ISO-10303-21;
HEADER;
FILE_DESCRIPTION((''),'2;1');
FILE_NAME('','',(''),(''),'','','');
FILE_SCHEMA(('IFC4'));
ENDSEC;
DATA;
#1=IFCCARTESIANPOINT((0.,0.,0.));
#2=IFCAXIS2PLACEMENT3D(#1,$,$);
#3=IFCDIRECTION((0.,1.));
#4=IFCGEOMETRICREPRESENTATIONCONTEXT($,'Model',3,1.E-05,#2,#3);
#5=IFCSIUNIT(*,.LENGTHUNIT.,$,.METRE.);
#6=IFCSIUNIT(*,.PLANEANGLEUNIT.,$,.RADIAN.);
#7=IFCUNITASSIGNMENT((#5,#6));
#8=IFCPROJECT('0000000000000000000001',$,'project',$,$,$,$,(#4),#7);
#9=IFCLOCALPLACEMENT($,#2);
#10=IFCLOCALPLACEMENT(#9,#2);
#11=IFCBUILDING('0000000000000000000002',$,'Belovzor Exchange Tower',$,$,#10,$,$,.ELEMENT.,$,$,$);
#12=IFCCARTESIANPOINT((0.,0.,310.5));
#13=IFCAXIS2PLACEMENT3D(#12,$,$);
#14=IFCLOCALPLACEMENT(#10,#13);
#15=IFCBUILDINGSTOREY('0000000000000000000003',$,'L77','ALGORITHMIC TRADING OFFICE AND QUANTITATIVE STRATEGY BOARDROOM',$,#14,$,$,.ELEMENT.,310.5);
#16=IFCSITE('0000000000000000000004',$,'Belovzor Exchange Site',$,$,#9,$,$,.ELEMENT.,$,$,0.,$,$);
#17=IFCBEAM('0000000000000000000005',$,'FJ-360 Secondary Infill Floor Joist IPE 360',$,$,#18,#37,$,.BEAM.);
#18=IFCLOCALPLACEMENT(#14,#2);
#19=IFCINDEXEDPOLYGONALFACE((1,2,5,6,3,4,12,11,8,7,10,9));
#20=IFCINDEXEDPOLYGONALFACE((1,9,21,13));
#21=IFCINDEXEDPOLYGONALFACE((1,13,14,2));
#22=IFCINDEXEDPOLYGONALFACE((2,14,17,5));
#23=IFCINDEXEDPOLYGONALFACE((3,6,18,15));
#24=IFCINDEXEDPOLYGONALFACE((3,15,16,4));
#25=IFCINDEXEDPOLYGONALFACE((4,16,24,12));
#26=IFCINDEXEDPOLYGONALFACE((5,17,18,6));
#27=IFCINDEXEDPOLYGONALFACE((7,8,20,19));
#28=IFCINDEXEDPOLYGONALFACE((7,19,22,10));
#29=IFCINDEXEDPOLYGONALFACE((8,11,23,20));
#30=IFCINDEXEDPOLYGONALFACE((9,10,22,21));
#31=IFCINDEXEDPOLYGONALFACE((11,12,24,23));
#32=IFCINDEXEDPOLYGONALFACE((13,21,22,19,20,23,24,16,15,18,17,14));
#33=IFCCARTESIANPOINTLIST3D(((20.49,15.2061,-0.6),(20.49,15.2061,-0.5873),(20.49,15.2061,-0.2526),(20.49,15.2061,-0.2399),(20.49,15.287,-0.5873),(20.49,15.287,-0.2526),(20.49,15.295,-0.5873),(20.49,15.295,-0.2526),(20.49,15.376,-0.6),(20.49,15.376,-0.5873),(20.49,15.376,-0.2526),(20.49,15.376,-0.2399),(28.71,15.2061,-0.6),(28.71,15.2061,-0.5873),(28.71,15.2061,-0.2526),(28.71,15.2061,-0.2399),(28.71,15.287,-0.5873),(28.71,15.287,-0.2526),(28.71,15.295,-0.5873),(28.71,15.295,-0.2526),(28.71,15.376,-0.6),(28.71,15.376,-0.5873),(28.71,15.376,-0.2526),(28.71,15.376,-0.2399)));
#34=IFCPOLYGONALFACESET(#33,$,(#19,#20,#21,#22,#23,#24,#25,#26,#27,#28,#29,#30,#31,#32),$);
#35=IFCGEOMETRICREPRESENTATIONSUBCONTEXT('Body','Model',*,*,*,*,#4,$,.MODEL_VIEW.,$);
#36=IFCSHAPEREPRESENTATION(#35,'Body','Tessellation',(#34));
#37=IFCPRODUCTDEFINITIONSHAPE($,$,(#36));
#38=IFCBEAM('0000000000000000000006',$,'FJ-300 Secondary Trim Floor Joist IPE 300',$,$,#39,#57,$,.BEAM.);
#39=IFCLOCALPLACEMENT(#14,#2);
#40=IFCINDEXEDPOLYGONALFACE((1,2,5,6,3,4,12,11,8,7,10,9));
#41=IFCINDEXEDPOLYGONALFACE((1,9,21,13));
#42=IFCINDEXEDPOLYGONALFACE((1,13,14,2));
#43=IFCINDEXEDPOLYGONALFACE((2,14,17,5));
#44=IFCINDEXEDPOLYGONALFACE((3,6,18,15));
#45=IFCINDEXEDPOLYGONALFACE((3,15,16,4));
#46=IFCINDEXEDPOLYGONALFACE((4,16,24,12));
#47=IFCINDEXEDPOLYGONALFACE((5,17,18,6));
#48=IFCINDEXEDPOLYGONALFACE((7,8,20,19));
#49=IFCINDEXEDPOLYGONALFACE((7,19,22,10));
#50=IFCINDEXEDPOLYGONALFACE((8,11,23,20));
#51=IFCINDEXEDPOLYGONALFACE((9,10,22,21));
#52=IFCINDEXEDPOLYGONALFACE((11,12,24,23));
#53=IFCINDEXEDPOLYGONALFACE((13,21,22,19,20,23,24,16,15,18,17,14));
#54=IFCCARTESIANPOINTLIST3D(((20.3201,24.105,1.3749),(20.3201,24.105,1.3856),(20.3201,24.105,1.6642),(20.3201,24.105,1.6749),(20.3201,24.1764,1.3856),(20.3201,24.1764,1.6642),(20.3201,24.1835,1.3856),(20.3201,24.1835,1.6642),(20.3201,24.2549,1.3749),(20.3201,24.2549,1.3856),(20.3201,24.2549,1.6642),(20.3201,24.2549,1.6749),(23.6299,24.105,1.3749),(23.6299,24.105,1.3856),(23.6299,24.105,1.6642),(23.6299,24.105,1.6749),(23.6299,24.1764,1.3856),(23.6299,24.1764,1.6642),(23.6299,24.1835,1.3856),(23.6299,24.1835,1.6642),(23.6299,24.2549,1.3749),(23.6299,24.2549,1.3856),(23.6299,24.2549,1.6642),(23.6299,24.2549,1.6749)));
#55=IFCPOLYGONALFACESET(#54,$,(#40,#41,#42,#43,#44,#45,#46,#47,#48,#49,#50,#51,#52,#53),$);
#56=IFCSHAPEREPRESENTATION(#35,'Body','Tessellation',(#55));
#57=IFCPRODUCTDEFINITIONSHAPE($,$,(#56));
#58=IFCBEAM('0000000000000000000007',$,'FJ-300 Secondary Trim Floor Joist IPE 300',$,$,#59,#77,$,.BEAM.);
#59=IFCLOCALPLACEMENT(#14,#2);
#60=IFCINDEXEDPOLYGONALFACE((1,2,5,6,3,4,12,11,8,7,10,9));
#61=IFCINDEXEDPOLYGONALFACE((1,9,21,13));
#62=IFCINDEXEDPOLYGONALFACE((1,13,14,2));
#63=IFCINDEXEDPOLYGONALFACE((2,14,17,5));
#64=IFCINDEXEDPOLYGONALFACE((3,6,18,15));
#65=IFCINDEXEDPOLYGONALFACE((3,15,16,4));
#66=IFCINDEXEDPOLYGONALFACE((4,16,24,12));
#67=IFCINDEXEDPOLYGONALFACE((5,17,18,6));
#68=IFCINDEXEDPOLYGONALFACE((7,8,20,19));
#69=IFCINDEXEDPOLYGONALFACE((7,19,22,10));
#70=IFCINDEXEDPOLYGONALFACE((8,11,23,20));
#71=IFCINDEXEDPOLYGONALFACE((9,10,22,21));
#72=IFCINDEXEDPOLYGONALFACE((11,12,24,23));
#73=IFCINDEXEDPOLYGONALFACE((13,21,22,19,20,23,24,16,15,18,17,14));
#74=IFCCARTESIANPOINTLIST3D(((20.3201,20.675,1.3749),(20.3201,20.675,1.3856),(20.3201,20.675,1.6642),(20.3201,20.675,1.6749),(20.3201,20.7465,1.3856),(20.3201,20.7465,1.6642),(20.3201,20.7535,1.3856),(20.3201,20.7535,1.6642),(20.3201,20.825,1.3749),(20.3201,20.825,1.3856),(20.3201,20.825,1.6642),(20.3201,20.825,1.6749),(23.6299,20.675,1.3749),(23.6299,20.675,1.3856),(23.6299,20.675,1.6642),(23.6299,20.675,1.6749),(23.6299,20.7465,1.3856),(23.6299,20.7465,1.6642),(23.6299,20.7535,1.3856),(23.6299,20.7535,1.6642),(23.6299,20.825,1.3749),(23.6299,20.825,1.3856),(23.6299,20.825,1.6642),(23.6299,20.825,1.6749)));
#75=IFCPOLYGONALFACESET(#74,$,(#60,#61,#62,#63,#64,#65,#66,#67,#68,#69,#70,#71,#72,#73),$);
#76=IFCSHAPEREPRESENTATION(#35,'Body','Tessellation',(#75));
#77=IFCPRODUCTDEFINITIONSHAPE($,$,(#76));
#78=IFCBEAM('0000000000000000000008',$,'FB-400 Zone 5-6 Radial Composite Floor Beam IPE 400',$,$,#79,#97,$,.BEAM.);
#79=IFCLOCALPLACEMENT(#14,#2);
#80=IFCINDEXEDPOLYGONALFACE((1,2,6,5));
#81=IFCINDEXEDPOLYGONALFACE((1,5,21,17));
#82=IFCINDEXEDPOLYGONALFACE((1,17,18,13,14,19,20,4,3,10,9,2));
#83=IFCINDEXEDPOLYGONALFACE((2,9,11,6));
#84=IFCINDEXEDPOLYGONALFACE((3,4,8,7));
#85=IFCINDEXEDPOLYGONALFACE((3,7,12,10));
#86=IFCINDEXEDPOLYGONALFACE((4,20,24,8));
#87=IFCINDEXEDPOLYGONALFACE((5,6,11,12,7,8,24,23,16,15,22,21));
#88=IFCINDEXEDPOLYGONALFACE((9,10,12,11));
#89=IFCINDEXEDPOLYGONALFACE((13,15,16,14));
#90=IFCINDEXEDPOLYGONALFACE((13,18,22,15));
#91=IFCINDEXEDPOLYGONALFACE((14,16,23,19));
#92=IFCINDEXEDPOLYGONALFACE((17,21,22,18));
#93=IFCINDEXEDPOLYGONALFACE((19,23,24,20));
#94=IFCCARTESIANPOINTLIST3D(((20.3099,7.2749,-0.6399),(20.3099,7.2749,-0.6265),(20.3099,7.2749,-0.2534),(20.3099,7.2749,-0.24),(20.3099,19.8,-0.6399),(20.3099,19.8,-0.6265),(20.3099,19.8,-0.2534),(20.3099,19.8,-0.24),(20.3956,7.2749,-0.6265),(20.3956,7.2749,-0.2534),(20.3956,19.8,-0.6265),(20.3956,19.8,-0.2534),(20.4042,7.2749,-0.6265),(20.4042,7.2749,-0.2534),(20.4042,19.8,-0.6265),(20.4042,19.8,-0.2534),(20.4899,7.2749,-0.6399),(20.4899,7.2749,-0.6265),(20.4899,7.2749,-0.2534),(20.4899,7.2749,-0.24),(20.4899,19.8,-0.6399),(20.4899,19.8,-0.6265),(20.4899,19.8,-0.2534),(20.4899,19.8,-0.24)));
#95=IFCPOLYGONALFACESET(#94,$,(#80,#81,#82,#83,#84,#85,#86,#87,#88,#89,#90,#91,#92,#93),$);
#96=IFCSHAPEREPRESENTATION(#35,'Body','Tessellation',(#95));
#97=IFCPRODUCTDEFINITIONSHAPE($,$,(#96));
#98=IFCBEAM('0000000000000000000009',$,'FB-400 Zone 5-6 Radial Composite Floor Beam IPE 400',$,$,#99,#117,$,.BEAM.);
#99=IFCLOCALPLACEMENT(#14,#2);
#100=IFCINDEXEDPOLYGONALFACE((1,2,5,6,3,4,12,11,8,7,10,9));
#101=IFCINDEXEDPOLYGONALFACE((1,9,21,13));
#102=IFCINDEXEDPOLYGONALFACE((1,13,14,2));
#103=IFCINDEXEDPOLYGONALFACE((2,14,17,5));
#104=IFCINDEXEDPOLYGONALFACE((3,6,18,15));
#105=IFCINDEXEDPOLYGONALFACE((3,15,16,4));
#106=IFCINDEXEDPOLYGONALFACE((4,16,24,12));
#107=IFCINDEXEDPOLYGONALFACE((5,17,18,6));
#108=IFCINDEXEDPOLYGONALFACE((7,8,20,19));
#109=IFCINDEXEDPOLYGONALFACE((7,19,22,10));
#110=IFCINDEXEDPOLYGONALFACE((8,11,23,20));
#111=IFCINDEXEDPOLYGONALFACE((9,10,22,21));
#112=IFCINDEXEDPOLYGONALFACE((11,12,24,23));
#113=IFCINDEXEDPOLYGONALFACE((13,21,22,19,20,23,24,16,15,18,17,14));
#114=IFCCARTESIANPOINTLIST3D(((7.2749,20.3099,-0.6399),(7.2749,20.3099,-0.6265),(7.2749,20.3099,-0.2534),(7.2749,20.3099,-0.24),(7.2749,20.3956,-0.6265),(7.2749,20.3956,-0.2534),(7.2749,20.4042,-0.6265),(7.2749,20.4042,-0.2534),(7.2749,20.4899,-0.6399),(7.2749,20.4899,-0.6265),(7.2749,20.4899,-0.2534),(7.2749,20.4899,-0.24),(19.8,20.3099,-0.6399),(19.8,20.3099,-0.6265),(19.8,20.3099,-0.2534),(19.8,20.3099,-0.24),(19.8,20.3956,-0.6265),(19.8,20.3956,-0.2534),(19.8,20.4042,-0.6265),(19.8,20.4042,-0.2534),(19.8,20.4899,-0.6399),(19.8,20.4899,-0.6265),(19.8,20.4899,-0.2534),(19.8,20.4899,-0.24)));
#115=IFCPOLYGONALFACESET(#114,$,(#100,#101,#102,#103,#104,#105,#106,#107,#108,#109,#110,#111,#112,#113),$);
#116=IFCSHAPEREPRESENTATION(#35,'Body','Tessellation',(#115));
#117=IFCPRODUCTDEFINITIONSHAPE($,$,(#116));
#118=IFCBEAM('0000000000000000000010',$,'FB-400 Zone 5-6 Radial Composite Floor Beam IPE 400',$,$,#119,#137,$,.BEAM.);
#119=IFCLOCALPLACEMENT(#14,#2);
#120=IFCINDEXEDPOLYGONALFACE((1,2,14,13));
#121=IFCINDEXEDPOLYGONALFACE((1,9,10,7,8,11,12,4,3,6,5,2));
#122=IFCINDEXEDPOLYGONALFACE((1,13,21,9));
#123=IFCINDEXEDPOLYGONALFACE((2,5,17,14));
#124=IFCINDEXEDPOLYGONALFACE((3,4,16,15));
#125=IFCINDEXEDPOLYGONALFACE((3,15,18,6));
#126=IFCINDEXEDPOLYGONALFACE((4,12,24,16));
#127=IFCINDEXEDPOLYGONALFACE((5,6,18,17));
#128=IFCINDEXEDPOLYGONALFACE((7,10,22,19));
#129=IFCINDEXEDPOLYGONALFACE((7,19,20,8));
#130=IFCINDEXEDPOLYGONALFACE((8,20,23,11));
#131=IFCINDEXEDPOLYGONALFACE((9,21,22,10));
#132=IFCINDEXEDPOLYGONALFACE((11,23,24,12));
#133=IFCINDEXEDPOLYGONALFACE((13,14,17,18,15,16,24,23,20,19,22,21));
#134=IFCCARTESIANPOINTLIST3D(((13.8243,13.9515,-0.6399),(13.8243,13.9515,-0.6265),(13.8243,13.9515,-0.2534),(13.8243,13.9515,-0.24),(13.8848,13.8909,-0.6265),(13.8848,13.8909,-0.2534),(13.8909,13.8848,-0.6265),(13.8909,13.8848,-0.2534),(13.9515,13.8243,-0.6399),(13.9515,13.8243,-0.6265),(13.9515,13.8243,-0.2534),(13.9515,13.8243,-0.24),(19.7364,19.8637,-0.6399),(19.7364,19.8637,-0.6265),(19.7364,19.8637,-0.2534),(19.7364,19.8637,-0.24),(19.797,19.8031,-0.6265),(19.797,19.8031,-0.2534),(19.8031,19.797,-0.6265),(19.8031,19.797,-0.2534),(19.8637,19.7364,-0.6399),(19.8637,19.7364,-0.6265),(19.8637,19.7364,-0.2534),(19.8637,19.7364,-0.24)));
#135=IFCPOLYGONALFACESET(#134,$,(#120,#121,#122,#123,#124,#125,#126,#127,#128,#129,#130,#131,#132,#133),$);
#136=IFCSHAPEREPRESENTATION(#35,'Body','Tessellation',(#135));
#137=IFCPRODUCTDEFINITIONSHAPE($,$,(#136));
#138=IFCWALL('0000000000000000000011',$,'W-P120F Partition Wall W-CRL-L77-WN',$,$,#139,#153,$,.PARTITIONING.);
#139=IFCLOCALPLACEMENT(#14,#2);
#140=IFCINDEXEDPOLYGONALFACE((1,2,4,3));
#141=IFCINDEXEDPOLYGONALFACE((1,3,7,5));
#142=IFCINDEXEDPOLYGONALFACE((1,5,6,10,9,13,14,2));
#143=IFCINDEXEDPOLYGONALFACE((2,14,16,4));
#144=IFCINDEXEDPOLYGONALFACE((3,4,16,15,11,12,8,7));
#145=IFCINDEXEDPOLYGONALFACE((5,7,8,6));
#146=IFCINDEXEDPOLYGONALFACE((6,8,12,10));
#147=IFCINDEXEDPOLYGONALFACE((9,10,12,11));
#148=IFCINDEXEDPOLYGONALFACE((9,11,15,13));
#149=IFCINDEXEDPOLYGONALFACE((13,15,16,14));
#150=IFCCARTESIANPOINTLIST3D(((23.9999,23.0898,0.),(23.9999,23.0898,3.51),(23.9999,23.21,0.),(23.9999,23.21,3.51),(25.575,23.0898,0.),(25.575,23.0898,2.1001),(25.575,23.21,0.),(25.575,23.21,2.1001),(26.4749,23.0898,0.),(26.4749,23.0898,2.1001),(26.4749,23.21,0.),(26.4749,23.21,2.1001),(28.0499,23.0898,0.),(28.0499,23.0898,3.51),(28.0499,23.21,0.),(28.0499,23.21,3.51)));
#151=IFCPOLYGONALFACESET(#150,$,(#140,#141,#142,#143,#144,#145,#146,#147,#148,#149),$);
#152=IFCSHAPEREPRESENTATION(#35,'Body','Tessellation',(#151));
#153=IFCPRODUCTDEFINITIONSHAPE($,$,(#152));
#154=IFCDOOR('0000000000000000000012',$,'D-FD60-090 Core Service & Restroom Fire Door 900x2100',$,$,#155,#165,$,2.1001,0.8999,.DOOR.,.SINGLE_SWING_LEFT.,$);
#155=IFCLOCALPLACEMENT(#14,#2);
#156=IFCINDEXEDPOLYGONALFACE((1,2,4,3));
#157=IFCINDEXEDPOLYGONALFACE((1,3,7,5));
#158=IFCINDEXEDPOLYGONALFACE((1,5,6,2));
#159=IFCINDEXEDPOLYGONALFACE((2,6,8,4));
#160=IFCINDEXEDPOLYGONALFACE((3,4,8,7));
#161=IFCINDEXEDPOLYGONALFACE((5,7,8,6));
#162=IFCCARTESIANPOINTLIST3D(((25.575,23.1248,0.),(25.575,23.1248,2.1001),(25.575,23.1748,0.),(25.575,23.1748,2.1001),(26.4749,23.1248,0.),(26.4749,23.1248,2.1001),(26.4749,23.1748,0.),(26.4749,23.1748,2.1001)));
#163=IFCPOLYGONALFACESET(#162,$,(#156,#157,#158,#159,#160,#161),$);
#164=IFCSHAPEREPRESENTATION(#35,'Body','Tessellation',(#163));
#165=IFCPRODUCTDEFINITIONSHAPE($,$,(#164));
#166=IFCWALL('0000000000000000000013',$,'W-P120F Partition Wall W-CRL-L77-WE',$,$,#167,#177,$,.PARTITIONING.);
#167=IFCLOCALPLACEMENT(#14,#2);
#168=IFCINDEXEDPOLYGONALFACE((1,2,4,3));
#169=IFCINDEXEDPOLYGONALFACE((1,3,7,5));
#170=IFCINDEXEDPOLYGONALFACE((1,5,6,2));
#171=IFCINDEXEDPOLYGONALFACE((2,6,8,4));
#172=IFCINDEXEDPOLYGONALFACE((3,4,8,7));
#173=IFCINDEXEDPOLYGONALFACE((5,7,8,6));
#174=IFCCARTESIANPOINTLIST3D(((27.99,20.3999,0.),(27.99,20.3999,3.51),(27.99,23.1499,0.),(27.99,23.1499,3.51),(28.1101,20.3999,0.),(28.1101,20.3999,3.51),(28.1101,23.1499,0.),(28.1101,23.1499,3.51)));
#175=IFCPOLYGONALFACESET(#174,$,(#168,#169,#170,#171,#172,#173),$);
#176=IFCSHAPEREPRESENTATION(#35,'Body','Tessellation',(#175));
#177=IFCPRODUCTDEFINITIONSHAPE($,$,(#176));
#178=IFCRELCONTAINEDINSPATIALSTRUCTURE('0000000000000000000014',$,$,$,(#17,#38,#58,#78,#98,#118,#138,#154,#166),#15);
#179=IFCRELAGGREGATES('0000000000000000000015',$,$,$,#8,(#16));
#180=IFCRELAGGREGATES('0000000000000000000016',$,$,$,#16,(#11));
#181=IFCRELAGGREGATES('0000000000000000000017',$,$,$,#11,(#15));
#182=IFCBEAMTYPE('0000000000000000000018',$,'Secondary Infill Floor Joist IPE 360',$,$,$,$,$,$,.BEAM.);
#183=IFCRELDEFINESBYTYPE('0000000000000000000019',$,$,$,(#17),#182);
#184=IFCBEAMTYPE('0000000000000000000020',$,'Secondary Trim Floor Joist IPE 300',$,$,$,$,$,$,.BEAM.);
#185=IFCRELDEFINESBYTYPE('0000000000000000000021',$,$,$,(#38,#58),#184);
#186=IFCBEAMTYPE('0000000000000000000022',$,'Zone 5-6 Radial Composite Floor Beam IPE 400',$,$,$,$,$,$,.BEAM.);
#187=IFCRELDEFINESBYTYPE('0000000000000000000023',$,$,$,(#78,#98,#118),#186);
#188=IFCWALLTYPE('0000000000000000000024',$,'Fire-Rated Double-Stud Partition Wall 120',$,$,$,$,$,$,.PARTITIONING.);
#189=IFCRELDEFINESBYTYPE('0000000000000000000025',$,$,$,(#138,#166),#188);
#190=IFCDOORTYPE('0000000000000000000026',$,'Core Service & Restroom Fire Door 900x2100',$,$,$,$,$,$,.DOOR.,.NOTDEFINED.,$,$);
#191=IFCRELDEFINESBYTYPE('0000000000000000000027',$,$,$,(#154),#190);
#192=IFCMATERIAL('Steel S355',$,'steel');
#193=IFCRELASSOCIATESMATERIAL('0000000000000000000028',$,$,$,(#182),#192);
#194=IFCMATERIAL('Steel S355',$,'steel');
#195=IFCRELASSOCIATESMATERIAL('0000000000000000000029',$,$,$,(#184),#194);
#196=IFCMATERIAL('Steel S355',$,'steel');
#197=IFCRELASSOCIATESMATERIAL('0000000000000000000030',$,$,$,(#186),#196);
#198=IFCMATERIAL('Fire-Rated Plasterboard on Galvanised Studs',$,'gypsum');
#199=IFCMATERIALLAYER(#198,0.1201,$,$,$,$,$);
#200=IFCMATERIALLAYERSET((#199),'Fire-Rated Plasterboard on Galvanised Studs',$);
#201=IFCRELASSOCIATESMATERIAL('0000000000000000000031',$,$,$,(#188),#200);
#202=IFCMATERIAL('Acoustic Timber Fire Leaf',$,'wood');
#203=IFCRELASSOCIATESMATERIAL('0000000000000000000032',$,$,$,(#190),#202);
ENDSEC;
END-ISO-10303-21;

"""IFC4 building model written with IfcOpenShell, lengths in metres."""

from ifc_helpers import new_model, si_unit, direction, frame, frame_2d, origin, origin_2d, place, context, subcontext, project, spatial, rectangle, i_section, extrude, material, layer, layer_set, material_profile, profile_set, type_object, element, fill, save


model = new_model("IFC4")

# Units and contexts
model_context = context("Model", 3, precision=1e-05, world=origin(), true_north=direction((0.0, 1.0)))
body_context = subcontext(model_context, "Body", "Model", "MODEL_VIEW")
ifc_project = project(units=[si_unit("LENGTHUNIT", "METRE"), si_unit("PLANEANGLEUNIT", "RADIAN")], contexts=[model_context])

# Site, building, storey
site_placement = place(None, origin())
site = spatial("IfcSite", under=ifc_project, at=site_placement, Name="Belovzor Exchange Site", CompositionType="ELEMENT", RefElevation=0.0)
building_placement = place(site_placement, origin())
building = spatial("IfcBuilding", under=site, at=building_placement, Name="Belovzor Exchange Tower", CompositionType="ELEMENT")
storey_placement = place(building_placement, frame((0.0, 0.0, 310.5)))
storey = spatial("IfcBuildingStorey", under=building, at=storey_placement, Name="L77", Description="ALGORITHMIC TRADING OFFICE AND QUANTITATIVE STRATEGY BOARDROOM", CompositionType="ELEMENT", Elevation=310.5)

# Beams
ifc_material_1 = material(Name="Steel S355", Category="steel")
ifc_material_profile_1 = material_profile(ifc_material_1, i_section(OverallWidth=0.1699, OverallDepth=0.3601, WebThickness=0.0081, FlangeThickness=0.0127, at=origin_2d()))
ifc_profile_set_1 = profile_set([ifc_material_profile_1], Name="Steel S355")
beam_type_1 = type_object("IfcBeamType", Name="Secondary Infill Floor Joist IPE 360", PredefinedType="BEAM", material=ifc_profile_set_1)
beam_1_placement = place(storey_placement, frame((20.49, 15.291, -0.4199), z_axis=(1.0, 0.0, 0.0), x_axis=(0.0, 1.0, 0.0)))
element("IfcBeam", 1, at=beam_1_placement, inside=storey, type_object=beam_type_1, Name="FJ-360 Secondary Infill Floor Joist IPE 360", PredefinedType="BEAM", context=body_context, shape_type="SweptSolid", body=[
    extrude(i_section(OverallWidth=0.1699, OverallDepth=0.3601, WebThickness=0.0081, FlangeThickness=0.0127, at=origin_2d()), origin(), (0.0, 0.0, 1.0), 8.22),
])
ifc_material_2 = material(Name="Steel S355", Category="steel")
ifc_material_profile_2 = material_profile(ifc_material_2, i_section(OverallWidth=0.1499, OverallDepth=0.3, WebThickness=0.0071, FlangeThickness=0.0107, at=origin_2d()))
ifc_profile_set_2 = profile_set([ifc_material_profile_2], Name="Steel S355")
beam_type_2 = type_object("IfcBeamType", Name="Secondary Trim Floor Joist IPE 300", PredefinedType="BEAM", material=ifc_profile_set_2)
for number, where, z_axis, x_axis, name in (
    (2, (20.3201, 24.1799, 1.5249), (1.0, 0.0, 0.0), (0.0, 1.0, 0.0), "FJ-300 Secondary Trim Floor Joist IPE 300"),
    (3, (20.3201, 20.75, 1.5249), (1.0, 0.0, 0.0), (0.0, 1.0, 0.0), "FJ-300 Secondary Trim Floor Joist IPE 300"),
):
    element("IfcBeam", number, at=place(storey_placement, frame(where, z_axis=z_axis, x_axis=x_axis)), inside=storey, type_object=beam_type_2, Name=name, PredefinedType="BEAM", context=body_context, shape_type="SweptSolid", body=[
        extrude(i_section(OverallWidth=0.1499, OverallDepth=0.3, WebThickness=0.0071, FlangeThickness=0.0107, at=origin_2d()), origin(), (0.0, 0.0, 1.0), 3.3098),
    ])
ifc_material_3 = material(Name="Steel S355", Category="steel")
ifc_material_profile_3 = material_profile(ifc_material_3, i_section(OverallWidth=0.1799, OverallDepth=0.3999, WebThickness=0.0085, FlangeThickness=0.0134, at=origin_2d()))
ifc_profile_set_3 = profile_set([ifc_material_profile_3], Name="Steel S355")
beam_type_3 = type_object("IfcBeamType", Name="Zone 5-6 Radial Composite Floor Beam IPE 400", PredefinedType="BEAM", material=ifc_profile_set_3)
for number, where, z_axis, x_axis, name in (
    (4, (20.3999, 19.8, -0.4399), (0.0, -1.0, 0.0), (1.0, 0.0, 0.0), "FB-400 Zone 5-6 Radial Composite Floor Beam IPE 400"),
    (5, (19.8, 20.3999, -0.4399), (-1.0, 0.0, 0.0), (0.0, -1.0, 0.0), "FB-400 Zone 5-6 Radial Composite Floor Beam IPE 400"),
):
    element("IfcBeam", number, at=place(storey_placement, frame(where, z_axis=z_axis, x_axis=x_axis)), inside=storey, type_object=beam_type_3, Name=name, PredefinedType="BEAM", context=body_context, shape_type="SweptSolid", body=[
        extrude(i_section(OverallWidth=0.1799, OverallDepth=0.3999, WebThickness=0.0085, FlangeThickness=0.0134, at=origin_2d()), origin(), (0.0, 0.0, 1.0), 12.5251),
    ])
beam_2_placement = place(storey_placement, frame((19.8, 19.8, -0.4399), z_axis=(-0.707107, -0.707107, 0.0), x_axis=(0.707107, -0.707107, 0.0)))
element("IfcBeam", 6, at=beam_2_placement, inside=storey, type_object=beam_type_3, Name="FB-400 Zone 5-6 Radial Composite Floor Beam IPE 400", PredefinedType="BEAM", context=body_context, shape_type="SweptSolid", body=[
    extrude(i_section(OverallWidth=0.1799, OverallDepth=0.3999, WebThickness=0.0085, FlangeThickness=0.0134, at=origin_2d()), origin(), (0.0, 0.0, 1.0), 8.3611),
])

# Wall, opening, door
ifc_material_4 = material(Name="Fire-Rated Plasterboard on Galvanised Studs", Category="gypsum")
ifc_layer_1 = layer(ifc_material_4, 0.1201)
ifc_layer_set_1 = layer_set([ifc_layer_1], Name="Fire-Rated Plasterboard on Galvanised Studs")
wall_type_1 = type_object("IfcWallType", Name="Fire-Rated Double-Stud Partition Wall 120", PredefinedType="PARTITIONING", material=ifc_layer_set_1)
wall_1_placement = place(storey_placement, frame((24.0, 23.1499, 0.0), z_axis=(0.0, 0.0, 1.0), x_axis=(1.0, 0.0, 0.0)))
wall_1 = element("IfcWall", 7, at=wall_1_placement, inside=storey, type_object=wall_type_1, Name="W-P120F Partition Wall W-CRL-L77-WN", PredefinedType="PARTITIONING", context=body_context, shape_type="SweptSolid", body=[
    extrude(rectangle(XDim=4.05, YDim=0.1201, at=frame_2d((2.0249, 0.0))), origin(), (0.0, 0.0, 1.0), 3.51),
])
opening_1_placement = place(wall_1_placement, frame((1.575, 0.0, 0.0)))
opening_1 = element("IfcOpeningElement", 8, at=opening_1_placement, cuts=wall_1, PredefinedType="OPENING", context=body_context, shape_type="SweptSolid", body=[
    extrude(rectangle(XDim=0.8999, YDim=2.1001, at=frame_2d((0.45, 1.05))), frame((0.0, 0.0701, 0.0), z_axis=(0.0, -1.0, 0.0), x_axis=(1.0, 0.0, 0.0)), (0.0, 0.0, 1.0), 0.1401),
])
ifc_material_5 = material(Name="Acoustic Timber Fire Leaf", Category="wood")
door_type_1 = type_object("IfcDoorType", Name="Core Service & Restroom Fire Door 900x2100", OperationType="NOTDEFINED", PredefinedType="DOOR", material=ifc_material_5)
door_1_placement = place(opening_1_placement, origin())
door_1 = element("IfcDoor", 9, at=door_1_placement, inside=storey, type_object=door_type_1, Name="D-FD60-090 Core Service & Restroom Fire Door 900x2100", OperationType="SINGLE_SWING_LEFT", OverallHeight=2.1001, OverallWidth=0.8999, PredefinedType="DOOR", context=body_context, shape_type="SweptSolid", body=[
    extrude(rectangle(XDim=0.8999, YDim=2.1001, at=frame_2d((0.45, 1.05))), frame((0.0, 0.0249, 0.0), z_axis=(0.0, -1.0, 0.0), x_axis=(1.0, 0.0, 0.0)), (0.0, 0.0, 1.0), 0.05),
])
fill(opening_1, door_1)

# Wall
wall_2_placement = place(storey_placement, frame((28.05, 20.3999, 0.0), z_axis=(0.0, 0.0, 1.0), x_axis=(0.0, 1.0, 0.0)))
element("IfcWall", 10, at=wall_2_placement, inside=storey, type_object=wall_type_1, Name="W-P120F Partition Wall W-CRL-L77-WE", PredefinedType="PARTITIONING", context=body_context, shape_type="SweptSolid", body=[
    extrude(rectangle(XDim=2.75, YDim=0.1201, at=frame_2d((1.375, 0.0))), origin(), (0.0, 0.0, 1.0), 3.51),
])

save(model, "model.ifc")
